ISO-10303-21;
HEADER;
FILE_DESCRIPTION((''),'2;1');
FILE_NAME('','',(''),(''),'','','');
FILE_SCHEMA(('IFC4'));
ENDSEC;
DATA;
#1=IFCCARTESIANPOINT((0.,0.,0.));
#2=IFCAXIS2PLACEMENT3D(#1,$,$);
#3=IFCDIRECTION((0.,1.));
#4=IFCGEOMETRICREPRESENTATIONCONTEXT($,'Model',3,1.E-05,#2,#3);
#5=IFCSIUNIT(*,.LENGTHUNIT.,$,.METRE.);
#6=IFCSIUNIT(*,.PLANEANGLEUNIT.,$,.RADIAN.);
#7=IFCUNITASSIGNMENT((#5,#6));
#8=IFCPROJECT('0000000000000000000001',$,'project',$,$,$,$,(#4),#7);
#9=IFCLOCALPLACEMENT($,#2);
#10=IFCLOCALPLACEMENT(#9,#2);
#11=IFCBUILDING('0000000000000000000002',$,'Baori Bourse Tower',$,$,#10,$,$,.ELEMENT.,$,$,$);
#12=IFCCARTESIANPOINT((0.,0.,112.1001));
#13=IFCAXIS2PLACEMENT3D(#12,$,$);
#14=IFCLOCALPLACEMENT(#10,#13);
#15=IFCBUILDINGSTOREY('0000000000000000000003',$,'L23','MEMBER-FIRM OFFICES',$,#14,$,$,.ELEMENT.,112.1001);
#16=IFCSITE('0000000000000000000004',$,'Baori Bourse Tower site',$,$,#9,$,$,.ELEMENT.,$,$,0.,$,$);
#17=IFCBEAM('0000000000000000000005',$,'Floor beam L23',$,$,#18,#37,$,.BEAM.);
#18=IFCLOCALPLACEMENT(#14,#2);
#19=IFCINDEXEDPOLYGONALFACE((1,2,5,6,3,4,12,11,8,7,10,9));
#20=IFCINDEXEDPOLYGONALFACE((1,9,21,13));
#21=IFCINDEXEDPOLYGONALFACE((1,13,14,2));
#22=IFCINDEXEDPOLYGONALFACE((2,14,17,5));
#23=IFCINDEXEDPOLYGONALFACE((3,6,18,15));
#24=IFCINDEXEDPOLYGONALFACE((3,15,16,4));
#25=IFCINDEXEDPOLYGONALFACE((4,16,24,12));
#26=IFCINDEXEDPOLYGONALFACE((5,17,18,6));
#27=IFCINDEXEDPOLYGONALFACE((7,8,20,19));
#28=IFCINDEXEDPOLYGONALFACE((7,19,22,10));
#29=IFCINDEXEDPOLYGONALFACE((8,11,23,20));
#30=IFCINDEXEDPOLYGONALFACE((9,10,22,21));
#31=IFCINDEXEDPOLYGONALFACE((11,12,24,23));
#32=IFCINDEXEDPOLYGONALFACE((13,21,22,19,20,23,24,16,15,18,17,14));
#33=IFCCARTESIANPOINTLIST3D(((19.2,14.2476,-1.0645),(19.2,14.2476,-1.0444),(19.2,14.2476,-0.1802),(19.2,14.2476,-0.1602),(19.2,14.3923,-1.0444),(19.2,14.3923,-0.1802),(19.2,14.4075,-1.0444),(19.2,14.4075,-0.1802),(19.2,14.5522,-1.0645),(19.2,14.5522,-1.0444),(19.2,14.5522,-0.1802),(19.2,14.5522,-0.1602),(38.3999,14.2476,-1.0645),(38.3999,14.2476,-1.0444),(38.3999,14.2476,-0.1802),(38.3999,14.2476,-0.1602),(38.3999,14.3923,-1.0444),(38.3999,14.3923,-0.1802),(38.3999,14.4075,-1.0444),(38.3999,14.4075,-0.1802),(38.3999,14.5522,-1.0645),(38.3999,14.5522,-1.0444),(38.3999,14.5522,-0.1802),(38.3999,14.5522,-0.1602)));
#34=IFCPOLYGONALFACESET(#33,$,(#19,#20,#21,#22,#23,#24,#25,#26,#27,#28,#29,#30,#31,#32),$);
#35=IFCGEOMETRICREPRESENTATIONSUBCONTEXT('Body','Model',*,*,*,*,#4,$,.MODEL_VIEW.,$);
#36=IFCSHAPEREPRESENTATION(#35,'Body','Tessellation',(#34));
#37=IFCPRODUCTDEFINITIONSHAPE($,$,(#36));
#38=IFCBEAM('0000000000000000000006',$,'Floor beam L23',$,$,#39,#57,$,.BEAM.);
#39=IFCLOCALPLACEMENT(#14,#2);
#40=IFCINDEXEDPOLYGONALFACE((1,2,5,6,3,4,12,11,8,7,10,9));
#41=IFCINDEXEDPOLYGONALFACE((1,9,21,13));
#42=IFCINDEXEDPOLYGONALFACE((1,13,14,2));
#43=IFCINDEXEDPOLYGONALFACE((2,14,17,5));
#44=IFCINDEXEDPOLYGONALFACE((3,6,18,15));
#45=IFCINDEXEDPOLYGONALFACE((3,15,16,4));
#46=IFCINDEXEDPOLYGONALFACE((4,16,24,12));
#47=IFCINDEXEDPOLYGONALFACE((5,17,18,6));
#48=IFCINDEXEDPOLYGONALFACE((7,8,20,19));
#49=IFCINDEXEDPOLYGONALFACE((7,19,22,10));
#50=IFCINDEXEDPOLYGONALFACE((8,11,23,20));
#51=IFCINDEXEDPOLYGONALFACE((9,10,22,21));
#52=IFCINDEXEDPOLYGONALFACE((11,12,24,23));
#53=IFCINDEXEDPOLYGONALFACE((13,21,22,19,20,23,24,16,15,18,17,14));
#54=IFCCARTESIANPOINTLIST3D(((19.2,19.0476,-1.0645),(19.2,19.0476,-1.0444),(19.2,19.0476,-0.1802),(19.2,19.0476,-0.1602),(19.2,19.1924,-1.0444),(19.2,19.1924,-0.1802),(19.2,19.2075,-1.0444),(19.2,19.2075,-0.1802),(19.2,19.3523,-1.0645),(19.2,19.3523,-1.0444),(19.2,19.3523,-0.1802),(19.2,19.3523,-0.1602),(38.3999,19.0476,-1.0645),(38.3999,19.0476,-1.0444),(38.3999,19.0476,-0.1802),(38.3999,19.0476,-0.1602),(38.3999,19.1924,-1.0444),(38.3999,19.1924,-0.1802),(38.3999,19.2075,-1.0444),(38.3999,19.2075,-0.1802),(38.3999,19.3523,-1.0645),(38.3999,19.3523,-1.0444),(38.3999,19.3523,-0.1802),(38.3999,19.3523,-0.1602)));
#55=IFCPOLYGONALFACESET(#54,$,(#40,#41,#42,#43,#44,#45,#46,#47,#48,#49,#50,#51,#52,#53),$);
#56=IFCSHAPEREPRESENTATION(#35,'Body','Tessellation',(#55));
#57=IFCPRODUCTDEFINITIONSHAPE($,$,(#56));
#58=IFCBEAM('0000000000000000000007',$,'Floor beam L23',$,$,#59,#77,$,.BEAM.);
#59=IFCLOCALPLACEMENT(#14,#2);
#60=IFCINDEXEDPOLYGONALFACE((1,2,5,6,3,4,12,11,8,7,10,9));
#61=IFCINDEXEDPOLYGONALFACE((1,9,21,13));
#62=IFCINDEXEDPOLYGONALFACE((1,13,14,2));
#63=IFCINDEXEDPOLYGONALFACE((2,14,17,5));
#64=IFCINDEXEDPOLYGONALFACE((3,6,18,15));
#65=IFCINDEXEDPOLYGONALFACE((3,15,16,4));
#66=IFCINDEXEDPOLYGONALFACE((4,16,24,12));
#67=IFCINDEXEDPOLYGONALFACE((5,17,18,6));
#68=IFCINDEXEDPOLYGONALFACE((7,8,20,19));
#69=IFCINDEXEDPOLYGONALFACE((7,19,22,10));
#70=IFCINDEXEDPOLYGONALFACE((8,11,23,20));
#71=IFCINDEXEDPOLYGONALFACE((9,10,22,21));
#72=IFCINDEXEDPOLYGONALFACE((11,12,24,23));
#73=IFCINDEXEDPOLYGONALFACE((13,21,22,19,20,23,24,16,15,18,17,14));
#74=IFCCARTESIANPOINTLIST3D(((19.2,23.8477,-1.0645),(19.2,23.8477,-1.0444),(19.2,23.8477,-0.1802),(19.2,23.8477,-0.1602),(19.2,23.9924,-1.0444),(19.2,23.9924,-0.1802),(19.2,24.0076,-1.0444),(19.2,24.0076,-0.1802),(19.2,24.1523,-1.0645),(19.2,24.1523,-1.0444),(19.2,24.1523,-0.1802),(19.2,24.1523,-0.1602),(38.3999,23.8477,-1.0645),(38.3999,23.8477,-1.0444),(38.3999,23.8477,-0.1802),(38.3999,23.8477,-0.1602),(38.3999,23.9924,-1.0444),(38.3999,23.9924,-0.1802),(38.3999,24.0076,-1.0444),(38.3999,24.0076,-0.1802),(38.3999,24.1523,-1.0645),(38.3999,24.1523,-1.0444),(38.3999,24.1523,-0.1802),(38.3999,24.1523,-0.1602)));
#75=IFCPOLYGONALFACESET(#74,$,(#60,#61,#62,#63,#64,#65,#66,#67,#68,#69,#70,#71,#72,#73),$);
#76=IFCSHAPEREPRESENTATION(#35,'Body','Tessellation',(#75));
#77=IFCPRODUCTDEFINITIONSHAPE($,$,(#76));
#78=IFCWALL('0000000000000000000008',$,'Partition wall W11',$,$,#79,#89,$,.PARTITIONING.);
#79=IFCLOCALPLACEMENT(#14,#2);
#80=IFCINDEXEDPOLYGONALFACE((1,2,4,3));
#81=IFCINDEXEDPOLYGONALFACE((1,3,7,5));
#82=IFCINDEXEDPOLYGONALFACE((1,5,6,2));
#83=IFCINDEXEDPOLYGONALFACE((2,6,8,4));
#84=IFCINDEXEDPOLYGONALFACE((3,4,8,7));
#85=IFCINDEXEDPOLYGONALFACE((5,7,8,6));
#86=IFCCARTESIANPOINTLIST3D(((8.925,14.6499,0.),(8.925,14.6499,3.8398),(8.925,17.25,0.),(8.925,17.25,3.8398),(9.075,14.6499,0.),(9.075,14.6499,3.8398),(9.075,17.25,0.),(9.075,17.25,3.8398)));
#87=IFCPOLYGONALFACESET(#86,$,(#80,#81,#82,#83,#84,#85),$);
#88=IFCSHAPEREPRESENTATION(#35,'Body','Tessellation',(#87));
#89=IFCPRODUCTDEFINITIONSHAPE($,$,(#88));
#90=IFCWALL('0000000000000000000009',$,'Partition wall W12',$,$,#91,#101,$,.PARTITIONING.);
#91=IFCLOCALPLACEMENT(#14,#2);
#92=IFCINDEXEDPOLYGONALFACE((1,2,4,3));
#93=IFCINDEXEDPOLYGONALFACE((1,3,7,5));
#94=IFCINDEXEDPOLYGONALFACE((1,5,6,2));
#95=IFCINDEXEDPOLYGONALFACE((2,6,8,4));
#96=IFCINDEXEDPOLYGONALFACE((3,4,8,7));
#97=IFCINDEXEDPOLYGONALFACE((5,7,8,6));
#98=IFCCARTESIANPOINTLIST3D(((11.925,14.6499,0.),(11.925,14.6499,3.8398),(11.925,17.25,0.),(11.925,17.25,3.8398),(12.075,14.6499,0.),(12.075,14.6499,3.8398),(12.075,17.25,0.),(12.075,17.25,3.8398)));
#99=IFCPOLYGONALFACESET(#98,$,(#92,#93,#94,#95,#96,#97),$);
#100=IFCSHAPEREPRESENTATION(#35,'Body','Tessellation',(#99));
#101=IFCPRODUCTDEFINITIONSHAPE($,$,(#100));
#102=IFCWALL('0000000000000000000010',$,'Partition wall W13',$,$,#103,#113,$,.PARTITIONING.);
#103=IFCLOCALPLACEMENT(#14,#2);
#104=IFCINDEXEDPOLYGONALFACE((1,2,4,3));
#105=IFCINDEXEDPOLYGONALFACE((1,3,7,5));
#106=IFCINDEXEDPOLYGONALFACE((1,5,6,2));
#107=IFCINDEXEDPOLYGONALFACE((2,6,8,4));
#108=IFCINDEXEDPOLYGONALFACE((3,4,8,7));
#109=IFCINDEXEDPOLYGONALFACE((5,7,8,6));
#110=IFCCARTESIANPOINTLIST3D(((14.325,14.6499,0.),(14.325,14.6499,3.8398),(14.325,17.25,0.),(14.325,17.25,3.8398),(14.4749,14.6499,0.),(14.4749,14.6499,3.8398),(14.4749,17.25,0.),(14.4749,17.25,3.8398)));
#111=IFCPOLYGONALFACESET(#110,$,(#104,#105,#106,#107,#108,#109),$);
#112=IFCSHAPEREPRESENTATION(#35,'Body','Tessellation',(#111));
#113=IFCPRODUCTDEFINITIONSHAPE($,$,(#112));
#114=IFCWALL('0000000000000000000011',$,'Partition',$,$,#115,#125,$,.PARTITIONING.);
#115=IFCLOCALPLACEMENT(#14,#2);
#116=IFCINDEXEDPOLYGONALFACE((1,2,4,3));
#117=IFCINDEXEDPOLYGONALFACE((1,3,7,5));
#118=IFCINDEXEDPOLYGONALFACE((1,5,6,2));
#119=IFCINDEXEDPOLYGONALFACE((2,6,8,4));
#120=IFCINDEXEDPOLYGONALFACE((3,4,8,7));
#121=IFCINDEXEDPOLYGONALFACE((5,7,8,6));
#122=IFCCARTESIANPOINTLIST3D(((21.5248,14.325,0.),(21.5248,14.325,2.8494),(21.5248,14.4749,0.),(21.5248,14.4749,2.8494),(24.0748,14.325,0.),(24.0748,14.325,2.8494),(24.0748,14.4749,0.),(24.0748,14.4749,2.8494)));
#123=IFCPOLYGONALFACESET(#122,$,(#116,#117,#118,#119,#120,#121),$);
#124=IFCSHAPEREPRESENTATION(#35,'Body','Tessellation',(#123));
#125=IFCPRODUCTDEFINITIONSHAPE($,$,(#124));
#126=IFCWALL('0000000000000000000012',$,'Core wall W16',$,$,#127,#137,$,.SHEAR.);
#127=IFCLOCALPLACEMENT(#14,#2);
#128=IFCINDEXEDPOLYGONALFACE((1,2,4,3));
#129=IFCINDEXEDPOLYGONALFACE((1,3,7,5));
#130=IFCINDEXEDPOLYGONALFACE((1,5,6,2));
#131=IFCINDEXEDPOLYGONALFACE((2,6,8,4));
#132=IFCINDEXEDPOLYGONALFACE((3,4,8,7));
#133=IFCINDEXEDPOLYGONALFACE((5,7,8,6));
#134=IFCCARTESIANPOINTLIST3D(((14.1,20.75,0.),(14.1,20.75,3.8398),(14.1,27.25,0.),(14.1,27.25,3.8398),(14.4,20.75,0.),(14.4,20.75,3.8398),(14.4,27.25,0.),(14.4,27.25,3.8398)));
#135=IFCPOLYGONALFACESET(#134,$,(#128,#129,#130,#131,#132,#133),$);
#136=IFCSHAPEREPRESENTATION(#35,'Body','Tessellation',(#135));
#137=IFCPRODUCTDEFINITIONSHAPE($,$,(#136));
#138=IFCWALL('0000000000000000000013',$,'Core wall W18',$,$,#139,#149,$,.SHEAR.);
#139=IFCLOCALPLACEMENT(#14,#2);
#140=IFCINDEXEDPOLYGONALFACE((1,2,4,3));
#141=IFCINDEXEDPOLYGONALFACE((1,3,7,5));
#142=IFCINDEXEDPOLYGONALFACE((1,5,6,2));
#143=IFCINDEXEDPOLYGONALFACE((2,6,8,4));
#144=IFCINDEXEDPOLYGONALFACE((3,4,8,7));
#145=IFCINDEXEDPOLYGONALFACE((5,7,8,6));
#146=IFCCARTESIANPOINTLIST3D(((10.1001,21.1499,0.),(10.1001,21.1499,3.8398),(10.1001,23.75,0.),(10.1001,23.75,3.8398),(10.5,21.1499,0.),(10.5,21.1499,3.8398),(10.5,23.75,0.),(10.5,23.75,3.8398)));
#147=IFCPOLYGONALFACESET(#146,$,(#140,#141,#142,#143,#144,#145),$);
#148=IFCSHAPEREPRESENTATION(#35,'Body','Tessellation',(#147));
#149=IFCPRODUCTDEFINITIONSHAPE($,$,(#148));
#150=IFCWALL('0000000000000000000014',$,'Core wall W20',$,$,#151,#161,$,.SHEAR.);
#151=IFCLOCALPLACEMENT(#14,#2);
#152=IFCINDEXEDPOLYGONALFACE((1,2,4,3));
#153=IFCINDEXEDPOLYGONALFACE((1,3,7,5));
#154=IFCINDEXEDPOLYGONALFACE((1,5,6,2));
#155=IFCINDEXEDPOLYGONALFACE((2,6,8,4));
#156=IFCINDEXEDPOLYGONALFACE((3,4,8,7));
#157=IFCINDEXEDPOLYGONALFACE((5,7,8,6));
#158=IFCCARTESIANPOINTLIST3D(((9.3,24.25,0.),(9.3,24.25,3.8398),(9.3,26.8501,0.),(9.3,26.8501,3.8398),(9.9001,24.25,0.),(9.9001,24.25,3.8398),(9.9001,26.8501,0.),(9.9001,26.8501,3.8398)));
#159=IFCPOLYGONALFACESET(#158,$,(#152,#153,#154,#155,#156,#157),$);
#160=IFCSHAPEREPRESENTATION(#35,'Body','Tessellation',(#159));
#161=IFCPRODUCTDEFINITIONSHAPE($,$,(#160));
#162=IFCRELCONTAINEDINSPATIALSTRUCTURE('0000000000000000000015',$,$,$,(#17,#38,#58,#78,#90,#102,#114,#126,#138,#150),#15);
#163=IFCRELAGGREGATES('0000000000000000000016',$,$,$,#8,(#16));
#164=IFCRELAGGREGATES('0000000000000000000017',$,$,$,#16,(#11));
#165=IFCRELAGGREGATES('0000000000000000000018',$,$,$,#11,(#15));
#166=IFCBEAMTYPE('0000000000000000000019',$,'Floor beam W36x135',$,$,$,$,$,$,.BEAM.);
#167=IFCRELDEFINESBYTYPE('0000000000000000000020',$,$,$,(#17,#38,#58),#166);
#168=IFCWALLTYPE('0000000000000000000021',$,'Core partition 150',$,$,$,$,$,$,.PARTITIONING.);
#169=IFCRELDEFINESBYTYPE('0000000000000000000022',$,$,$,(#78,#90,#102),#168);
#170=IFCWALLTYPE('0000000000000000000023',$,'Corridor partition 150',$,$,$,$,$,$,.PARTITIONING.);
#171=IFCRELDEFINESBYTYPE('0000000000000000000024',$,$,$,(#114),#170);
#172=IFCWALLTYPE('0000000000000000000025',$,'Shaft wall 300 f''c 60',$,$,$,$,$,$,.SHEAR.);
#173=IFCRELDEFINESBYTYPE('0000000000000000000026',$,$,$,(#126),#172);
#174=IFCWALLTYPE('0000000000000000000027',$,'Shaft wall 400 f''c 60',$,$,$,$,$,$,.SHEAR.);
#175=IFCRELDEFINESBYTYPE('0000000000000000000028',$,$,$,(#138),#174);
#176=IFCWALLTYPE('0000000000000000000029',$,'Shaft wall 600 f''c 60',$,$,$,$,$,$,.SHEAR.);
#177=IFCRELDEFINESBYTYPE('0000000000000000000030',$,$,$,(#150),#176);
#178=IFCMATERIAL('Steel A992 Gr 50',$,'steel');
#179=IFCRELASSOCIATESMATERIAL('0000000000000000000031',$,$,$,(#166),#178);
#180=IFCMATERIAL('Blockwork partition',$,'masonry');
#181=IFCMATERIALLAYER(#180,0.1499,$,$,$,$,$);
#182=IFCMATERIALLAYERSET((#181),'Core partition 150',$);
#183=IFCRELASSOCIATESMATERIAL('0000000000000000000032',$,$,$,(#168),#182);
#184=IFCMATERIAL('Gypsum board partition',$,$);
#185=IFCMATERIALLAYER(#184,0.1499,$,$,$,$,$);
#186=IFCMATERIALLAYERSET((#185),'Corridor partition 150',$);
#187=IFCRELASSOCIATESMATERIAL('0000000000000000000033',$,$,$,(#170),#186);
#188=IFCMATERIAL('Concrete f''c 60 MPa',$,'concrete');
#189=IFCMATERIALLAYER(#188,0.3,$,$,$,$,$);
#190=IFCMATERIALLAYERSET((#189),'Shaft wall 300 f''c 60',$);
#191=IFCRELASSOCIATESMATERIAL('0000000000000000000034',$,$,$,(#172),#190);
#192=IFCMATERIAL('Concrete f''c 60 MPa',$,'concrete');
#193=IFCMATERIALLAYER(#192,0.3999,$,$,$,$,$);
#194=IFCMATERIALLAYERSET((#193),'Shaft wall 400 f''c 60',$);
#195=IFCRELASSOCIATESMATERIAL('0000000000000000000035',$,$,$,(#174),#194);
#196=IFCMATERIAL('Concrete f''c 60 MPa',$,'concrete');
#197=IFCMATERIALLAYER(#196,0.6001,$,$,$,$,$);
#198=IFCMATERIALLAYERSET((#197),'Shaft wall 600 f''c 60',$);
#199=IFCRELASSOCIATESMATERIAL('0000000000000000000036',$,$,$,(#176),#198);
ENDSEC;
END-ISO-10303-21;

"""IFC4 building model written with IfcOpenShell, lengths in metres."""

from ifc_helpers import new_model, si_unit, direction, frame, frame_2d, origin, origin_2d, place, context, subcontext, project, spatial, rectangle, i_section, extrude, material, layer, layer_set, material_profile, profile_set, type_object, element, save


model = new_model("IFC4")

# Units and contexts
model_context = context("Model", 3, precision=1e-05, world=origin(), true_north=direction((0.0, 1.0)))
body_context = subcontext(model_context, "Body", "Model", "MODEL_VIEW")
ifc_project = project(units=[si_unit("LENGTHUNIT", "METRE"), si_unit("PLANEANGLEUNIT", "RADIAN")], contexts=[model_context])

# Site, building, storey
site_placement = place(None, origin())
site = spatial("IfcSite", under=ifc_project, at=site_placement, Name="Baori Bourse Tower site", CompositionType="ELEMENT", RefElevation=0.0)
building_placement = place(site_placement, origin())
building = spatial("IfcBuilding", under=site, at=building_placement, Name="Baori Bourse Tower", CompositionType="ELEMENT")
storey_placement = place(building_placement, frame((0.0, 0.0, 112.1001)))
storey = spatial("IfcBuildingStorey", under=building, at=storey_placement, Name="L23", Description="MEMBER-FIRM OFFICES", CompositionType="ELEMENT", Elevation=112.1001)

# Beams
ifc_material_1 = material(Name="Steel A992 Gr 50", Category="steel")
ifc_material_profile = material_profile(ifc_material_1, i_section(OverallWidth=0.3047, OverallDepth=0.9043, WebThickness=0.0151, FlangeThickness=0.02, at=origin_2d()), Name="W36x135")
ifc_profile_set = profile_set([ifc_material_profile], Name="Steel A992 Gr 50")
beam_type = type_object("IfcBeamType", Name="Floor beam W36x135", PredefinedType="BEAM", material=ifc_profile_set)
for number, where, z_axis, x_axis, name in (
    (1, (19.2, 14.3999, -0.6123), (1.0, 0.0, 0.0), (0.0, 1.0, 0.0), "Floor beam L23"),
    (2, (19.2, 19.2, -0.6123), (1.0, 0.0, 0.0), (0.0, 1.0, 0.0), "Floor beam L23"),
    (3, (19.2, 24.0, -0.6123), (1.0, 0.0, 0.0), (0.0, 1.0, 0.0), "Floor beam L23"),
):
    element("IfcBeam", number, at=place(storey_placement, frame(where, z_axis=z_axis, x_axis=x_axis)), inside=storey, type_object=beam_type, Name=name, PredefinedType="BEAM", context=body_context, shape_type="SweptSolid", body=[
        extrude(i_section(OverallWidth=0.3047, OverallDepth=0.9043, WebThickness=0.0151, FlangeThickness=0.02, at=origin_2d()), origin(), (0.0, 0.0, 1.0), 19.2),
    ])

# Walls
ifc_material_2 = material(Name="Blockwork partition", Category="masonry")
ifc_layer_1 = layer(ifc_material_2, 0.1499)
ifc_layer_set_1 = layer_set([ifc_layer_1], Name="Core partition 150")
wall_type_1 = type_object("IfcWallType", Name="Core partition 150", PredefinedType="PARTITIONING", material=ifc_layer_set_1)
for number, where, z_axis, x_axis, name in (
    (4, (9.0, 14.6499, 0.0), (0.0, 0.0, 1.0), (0.0, 1.0, 0.0), "Partition wall W11"),
    (5, (12.0, 14.6499, 0.0), (0.0, 0.0, 1.0), (0.0, 1.0, 0.0), "Partition wall W12"),
    (6, (14.3999, 14.6499, 0.0), (0.0, 0.0, 1.0), (0.0, 1.0, 0.0), "Partition wall W13"),
):
    element("IfcWall", number, at=place(storey_placement, frame(where, z_axis=z_axis, x_axis=x_axis)), inside=storey, type_object=wall_type_1, Name=name, PredefinedType="PARTITIONING", context=body_context, shape_type="SweptSolid", body=[
        extrude(rectangle(XDim=2.6001, YDim=0.1499, at=frame_2d((1.3, 0.0))), origin(), (0.0, 0.0, 1.0), 3.8398),
    ])
ifc_material_3 = material(Name="Gypsum board partition")
ifc_layer_2 = layer(ifc_material_3, 0.1499)
ifc_layer_set_2 = layer_set([ifc_layer_2], Name="Corridor partition 150")
wall_type_2 = type_object("IfcWallType", Name="Corridor partition 150", PredefinedType="PARTITIONING", material=ifc_layer_set_2)
wall_1_placement = place(storey_placement, frame((21.5249, 14.3999, 0.0), z_axis=(0.0, 0.0, 1.0), x_axis=(1.0, 0.0, 0.0)))
element("IfcWall", 7, at=wall_1_placement, inside=storey, type_object=wall_type_2, Name="Partition", PredefinedType="PARTITIONING", context=body_context, shape_type="SweptSolid", body=[
    extrude(rectangle(XDim=2.55, YDim=0.1499, at=frame_2d((1.2749, 0.0))), origin(), (0.0, 0.0, 1.0), 2.8494),
])
ifc_material_4 = material(Name="Concrete f'c 60 MPa", Category="concrete")
ifc_layer_3 = layer(ifc_material_4, 0.3)
ifc_layer_set_3 = layer_set([ifc_layer_3], Name="Shaft wall 300 f'c 60")
wall_type_3 = type_object("IfcWallType", Name="Shaft wall 300 f'c 60", PredefinedType="SHEAR", material=ifc_layer_set_3)
wall_2_placement = place(storey_placement, frame((14.25, 20.75, 0.0), z_axis=(0.0, 0.0, 1.0), x_axis=(0.0, 1.0, 0.0)))
element("IfcWall", 8, at=wall_2_placement, inside=storey, type_object=wall_type_3, Name="Core wall W16", PredefinedType="SHEAR", context=body_context, shape_type="SweptSolid", body=[
    extrude(rectangle(XDim=6.5, YDim=0.3, at=frame_2d((3.25, 0.0))), origin(), (0.0, 0.0, 1.0), 3.8398),
])
ifc_material_5 = material(Name="Concrete f'c 60 MPa", Category="concrete")
ifc_layer_4 = layer(ifc_material_5, 0.3999)
ifc_layer_set_4 = layer_set([ifc_layer_4], Name="Shaft wall 400 f'c 60")
wall_type_4 = type_object("IfcWallType", Name="Shaft wall 400 f'c 60", PredefinedType="SHEAR", material=ifc_layer_set_4)
wall_3_placement = place(storey_placement, frame((10.3, 21.1499, 0.0), z_axis=(0.0, 0.0, 1.0), x_axis=(0.0, 1.0, 0.0)))
element("IfcWall", 9, at=wall_3_placement, inside=storey, type_object=wall_type_4, Name="Core wall W18", PredefinedType="SHEAR", context=body_context, shape_type="SweptSolid", body=[
    extrude(rectangle(XDim=2.6001, YDim=0.3999, at=frame_2d((1.3, 0.0))), origin(), (0.0, 0.0, 1.0), 3.8398),
])
ifc_material_6 = material(Name="Concrete f'c 60 MPa", Category="concrete")
ifc_layer_5 = layer(ifc_material_6, 0.6001)
ifc_layer_set_5 = layer_set([ifc_layer_5], Name="Shaft wall 600 f'c 60")
wall_type_5 = type_object("IfcWallType", Name="Shaft wall 600 f'c 60", PredefinedType="SHEAR", material=ifc_layer_set_5)
wall_4_placement = place(storey_placement, frame((9.6001, 24.25, 0.0), z_axis=(0.0, 0.0, 1.0), x_axis=(0.0, 1.0, 0.0)))
element("IfcWall", 10, at=wall_4_placement, inside=storey, type_object=wall_type_5, Name="Core wall W20", PredefinedType="SHEAR", context=body_context, shape_type="SweptSolid", body=[
    extrude(rectangle(XDim=2.6001, YDim=0.6001, at=frame_2d((1.3, 0.0))), origin(), (0.0, 0.0, 1.0), 3.8398),
])

save(model, "model.ifc")
